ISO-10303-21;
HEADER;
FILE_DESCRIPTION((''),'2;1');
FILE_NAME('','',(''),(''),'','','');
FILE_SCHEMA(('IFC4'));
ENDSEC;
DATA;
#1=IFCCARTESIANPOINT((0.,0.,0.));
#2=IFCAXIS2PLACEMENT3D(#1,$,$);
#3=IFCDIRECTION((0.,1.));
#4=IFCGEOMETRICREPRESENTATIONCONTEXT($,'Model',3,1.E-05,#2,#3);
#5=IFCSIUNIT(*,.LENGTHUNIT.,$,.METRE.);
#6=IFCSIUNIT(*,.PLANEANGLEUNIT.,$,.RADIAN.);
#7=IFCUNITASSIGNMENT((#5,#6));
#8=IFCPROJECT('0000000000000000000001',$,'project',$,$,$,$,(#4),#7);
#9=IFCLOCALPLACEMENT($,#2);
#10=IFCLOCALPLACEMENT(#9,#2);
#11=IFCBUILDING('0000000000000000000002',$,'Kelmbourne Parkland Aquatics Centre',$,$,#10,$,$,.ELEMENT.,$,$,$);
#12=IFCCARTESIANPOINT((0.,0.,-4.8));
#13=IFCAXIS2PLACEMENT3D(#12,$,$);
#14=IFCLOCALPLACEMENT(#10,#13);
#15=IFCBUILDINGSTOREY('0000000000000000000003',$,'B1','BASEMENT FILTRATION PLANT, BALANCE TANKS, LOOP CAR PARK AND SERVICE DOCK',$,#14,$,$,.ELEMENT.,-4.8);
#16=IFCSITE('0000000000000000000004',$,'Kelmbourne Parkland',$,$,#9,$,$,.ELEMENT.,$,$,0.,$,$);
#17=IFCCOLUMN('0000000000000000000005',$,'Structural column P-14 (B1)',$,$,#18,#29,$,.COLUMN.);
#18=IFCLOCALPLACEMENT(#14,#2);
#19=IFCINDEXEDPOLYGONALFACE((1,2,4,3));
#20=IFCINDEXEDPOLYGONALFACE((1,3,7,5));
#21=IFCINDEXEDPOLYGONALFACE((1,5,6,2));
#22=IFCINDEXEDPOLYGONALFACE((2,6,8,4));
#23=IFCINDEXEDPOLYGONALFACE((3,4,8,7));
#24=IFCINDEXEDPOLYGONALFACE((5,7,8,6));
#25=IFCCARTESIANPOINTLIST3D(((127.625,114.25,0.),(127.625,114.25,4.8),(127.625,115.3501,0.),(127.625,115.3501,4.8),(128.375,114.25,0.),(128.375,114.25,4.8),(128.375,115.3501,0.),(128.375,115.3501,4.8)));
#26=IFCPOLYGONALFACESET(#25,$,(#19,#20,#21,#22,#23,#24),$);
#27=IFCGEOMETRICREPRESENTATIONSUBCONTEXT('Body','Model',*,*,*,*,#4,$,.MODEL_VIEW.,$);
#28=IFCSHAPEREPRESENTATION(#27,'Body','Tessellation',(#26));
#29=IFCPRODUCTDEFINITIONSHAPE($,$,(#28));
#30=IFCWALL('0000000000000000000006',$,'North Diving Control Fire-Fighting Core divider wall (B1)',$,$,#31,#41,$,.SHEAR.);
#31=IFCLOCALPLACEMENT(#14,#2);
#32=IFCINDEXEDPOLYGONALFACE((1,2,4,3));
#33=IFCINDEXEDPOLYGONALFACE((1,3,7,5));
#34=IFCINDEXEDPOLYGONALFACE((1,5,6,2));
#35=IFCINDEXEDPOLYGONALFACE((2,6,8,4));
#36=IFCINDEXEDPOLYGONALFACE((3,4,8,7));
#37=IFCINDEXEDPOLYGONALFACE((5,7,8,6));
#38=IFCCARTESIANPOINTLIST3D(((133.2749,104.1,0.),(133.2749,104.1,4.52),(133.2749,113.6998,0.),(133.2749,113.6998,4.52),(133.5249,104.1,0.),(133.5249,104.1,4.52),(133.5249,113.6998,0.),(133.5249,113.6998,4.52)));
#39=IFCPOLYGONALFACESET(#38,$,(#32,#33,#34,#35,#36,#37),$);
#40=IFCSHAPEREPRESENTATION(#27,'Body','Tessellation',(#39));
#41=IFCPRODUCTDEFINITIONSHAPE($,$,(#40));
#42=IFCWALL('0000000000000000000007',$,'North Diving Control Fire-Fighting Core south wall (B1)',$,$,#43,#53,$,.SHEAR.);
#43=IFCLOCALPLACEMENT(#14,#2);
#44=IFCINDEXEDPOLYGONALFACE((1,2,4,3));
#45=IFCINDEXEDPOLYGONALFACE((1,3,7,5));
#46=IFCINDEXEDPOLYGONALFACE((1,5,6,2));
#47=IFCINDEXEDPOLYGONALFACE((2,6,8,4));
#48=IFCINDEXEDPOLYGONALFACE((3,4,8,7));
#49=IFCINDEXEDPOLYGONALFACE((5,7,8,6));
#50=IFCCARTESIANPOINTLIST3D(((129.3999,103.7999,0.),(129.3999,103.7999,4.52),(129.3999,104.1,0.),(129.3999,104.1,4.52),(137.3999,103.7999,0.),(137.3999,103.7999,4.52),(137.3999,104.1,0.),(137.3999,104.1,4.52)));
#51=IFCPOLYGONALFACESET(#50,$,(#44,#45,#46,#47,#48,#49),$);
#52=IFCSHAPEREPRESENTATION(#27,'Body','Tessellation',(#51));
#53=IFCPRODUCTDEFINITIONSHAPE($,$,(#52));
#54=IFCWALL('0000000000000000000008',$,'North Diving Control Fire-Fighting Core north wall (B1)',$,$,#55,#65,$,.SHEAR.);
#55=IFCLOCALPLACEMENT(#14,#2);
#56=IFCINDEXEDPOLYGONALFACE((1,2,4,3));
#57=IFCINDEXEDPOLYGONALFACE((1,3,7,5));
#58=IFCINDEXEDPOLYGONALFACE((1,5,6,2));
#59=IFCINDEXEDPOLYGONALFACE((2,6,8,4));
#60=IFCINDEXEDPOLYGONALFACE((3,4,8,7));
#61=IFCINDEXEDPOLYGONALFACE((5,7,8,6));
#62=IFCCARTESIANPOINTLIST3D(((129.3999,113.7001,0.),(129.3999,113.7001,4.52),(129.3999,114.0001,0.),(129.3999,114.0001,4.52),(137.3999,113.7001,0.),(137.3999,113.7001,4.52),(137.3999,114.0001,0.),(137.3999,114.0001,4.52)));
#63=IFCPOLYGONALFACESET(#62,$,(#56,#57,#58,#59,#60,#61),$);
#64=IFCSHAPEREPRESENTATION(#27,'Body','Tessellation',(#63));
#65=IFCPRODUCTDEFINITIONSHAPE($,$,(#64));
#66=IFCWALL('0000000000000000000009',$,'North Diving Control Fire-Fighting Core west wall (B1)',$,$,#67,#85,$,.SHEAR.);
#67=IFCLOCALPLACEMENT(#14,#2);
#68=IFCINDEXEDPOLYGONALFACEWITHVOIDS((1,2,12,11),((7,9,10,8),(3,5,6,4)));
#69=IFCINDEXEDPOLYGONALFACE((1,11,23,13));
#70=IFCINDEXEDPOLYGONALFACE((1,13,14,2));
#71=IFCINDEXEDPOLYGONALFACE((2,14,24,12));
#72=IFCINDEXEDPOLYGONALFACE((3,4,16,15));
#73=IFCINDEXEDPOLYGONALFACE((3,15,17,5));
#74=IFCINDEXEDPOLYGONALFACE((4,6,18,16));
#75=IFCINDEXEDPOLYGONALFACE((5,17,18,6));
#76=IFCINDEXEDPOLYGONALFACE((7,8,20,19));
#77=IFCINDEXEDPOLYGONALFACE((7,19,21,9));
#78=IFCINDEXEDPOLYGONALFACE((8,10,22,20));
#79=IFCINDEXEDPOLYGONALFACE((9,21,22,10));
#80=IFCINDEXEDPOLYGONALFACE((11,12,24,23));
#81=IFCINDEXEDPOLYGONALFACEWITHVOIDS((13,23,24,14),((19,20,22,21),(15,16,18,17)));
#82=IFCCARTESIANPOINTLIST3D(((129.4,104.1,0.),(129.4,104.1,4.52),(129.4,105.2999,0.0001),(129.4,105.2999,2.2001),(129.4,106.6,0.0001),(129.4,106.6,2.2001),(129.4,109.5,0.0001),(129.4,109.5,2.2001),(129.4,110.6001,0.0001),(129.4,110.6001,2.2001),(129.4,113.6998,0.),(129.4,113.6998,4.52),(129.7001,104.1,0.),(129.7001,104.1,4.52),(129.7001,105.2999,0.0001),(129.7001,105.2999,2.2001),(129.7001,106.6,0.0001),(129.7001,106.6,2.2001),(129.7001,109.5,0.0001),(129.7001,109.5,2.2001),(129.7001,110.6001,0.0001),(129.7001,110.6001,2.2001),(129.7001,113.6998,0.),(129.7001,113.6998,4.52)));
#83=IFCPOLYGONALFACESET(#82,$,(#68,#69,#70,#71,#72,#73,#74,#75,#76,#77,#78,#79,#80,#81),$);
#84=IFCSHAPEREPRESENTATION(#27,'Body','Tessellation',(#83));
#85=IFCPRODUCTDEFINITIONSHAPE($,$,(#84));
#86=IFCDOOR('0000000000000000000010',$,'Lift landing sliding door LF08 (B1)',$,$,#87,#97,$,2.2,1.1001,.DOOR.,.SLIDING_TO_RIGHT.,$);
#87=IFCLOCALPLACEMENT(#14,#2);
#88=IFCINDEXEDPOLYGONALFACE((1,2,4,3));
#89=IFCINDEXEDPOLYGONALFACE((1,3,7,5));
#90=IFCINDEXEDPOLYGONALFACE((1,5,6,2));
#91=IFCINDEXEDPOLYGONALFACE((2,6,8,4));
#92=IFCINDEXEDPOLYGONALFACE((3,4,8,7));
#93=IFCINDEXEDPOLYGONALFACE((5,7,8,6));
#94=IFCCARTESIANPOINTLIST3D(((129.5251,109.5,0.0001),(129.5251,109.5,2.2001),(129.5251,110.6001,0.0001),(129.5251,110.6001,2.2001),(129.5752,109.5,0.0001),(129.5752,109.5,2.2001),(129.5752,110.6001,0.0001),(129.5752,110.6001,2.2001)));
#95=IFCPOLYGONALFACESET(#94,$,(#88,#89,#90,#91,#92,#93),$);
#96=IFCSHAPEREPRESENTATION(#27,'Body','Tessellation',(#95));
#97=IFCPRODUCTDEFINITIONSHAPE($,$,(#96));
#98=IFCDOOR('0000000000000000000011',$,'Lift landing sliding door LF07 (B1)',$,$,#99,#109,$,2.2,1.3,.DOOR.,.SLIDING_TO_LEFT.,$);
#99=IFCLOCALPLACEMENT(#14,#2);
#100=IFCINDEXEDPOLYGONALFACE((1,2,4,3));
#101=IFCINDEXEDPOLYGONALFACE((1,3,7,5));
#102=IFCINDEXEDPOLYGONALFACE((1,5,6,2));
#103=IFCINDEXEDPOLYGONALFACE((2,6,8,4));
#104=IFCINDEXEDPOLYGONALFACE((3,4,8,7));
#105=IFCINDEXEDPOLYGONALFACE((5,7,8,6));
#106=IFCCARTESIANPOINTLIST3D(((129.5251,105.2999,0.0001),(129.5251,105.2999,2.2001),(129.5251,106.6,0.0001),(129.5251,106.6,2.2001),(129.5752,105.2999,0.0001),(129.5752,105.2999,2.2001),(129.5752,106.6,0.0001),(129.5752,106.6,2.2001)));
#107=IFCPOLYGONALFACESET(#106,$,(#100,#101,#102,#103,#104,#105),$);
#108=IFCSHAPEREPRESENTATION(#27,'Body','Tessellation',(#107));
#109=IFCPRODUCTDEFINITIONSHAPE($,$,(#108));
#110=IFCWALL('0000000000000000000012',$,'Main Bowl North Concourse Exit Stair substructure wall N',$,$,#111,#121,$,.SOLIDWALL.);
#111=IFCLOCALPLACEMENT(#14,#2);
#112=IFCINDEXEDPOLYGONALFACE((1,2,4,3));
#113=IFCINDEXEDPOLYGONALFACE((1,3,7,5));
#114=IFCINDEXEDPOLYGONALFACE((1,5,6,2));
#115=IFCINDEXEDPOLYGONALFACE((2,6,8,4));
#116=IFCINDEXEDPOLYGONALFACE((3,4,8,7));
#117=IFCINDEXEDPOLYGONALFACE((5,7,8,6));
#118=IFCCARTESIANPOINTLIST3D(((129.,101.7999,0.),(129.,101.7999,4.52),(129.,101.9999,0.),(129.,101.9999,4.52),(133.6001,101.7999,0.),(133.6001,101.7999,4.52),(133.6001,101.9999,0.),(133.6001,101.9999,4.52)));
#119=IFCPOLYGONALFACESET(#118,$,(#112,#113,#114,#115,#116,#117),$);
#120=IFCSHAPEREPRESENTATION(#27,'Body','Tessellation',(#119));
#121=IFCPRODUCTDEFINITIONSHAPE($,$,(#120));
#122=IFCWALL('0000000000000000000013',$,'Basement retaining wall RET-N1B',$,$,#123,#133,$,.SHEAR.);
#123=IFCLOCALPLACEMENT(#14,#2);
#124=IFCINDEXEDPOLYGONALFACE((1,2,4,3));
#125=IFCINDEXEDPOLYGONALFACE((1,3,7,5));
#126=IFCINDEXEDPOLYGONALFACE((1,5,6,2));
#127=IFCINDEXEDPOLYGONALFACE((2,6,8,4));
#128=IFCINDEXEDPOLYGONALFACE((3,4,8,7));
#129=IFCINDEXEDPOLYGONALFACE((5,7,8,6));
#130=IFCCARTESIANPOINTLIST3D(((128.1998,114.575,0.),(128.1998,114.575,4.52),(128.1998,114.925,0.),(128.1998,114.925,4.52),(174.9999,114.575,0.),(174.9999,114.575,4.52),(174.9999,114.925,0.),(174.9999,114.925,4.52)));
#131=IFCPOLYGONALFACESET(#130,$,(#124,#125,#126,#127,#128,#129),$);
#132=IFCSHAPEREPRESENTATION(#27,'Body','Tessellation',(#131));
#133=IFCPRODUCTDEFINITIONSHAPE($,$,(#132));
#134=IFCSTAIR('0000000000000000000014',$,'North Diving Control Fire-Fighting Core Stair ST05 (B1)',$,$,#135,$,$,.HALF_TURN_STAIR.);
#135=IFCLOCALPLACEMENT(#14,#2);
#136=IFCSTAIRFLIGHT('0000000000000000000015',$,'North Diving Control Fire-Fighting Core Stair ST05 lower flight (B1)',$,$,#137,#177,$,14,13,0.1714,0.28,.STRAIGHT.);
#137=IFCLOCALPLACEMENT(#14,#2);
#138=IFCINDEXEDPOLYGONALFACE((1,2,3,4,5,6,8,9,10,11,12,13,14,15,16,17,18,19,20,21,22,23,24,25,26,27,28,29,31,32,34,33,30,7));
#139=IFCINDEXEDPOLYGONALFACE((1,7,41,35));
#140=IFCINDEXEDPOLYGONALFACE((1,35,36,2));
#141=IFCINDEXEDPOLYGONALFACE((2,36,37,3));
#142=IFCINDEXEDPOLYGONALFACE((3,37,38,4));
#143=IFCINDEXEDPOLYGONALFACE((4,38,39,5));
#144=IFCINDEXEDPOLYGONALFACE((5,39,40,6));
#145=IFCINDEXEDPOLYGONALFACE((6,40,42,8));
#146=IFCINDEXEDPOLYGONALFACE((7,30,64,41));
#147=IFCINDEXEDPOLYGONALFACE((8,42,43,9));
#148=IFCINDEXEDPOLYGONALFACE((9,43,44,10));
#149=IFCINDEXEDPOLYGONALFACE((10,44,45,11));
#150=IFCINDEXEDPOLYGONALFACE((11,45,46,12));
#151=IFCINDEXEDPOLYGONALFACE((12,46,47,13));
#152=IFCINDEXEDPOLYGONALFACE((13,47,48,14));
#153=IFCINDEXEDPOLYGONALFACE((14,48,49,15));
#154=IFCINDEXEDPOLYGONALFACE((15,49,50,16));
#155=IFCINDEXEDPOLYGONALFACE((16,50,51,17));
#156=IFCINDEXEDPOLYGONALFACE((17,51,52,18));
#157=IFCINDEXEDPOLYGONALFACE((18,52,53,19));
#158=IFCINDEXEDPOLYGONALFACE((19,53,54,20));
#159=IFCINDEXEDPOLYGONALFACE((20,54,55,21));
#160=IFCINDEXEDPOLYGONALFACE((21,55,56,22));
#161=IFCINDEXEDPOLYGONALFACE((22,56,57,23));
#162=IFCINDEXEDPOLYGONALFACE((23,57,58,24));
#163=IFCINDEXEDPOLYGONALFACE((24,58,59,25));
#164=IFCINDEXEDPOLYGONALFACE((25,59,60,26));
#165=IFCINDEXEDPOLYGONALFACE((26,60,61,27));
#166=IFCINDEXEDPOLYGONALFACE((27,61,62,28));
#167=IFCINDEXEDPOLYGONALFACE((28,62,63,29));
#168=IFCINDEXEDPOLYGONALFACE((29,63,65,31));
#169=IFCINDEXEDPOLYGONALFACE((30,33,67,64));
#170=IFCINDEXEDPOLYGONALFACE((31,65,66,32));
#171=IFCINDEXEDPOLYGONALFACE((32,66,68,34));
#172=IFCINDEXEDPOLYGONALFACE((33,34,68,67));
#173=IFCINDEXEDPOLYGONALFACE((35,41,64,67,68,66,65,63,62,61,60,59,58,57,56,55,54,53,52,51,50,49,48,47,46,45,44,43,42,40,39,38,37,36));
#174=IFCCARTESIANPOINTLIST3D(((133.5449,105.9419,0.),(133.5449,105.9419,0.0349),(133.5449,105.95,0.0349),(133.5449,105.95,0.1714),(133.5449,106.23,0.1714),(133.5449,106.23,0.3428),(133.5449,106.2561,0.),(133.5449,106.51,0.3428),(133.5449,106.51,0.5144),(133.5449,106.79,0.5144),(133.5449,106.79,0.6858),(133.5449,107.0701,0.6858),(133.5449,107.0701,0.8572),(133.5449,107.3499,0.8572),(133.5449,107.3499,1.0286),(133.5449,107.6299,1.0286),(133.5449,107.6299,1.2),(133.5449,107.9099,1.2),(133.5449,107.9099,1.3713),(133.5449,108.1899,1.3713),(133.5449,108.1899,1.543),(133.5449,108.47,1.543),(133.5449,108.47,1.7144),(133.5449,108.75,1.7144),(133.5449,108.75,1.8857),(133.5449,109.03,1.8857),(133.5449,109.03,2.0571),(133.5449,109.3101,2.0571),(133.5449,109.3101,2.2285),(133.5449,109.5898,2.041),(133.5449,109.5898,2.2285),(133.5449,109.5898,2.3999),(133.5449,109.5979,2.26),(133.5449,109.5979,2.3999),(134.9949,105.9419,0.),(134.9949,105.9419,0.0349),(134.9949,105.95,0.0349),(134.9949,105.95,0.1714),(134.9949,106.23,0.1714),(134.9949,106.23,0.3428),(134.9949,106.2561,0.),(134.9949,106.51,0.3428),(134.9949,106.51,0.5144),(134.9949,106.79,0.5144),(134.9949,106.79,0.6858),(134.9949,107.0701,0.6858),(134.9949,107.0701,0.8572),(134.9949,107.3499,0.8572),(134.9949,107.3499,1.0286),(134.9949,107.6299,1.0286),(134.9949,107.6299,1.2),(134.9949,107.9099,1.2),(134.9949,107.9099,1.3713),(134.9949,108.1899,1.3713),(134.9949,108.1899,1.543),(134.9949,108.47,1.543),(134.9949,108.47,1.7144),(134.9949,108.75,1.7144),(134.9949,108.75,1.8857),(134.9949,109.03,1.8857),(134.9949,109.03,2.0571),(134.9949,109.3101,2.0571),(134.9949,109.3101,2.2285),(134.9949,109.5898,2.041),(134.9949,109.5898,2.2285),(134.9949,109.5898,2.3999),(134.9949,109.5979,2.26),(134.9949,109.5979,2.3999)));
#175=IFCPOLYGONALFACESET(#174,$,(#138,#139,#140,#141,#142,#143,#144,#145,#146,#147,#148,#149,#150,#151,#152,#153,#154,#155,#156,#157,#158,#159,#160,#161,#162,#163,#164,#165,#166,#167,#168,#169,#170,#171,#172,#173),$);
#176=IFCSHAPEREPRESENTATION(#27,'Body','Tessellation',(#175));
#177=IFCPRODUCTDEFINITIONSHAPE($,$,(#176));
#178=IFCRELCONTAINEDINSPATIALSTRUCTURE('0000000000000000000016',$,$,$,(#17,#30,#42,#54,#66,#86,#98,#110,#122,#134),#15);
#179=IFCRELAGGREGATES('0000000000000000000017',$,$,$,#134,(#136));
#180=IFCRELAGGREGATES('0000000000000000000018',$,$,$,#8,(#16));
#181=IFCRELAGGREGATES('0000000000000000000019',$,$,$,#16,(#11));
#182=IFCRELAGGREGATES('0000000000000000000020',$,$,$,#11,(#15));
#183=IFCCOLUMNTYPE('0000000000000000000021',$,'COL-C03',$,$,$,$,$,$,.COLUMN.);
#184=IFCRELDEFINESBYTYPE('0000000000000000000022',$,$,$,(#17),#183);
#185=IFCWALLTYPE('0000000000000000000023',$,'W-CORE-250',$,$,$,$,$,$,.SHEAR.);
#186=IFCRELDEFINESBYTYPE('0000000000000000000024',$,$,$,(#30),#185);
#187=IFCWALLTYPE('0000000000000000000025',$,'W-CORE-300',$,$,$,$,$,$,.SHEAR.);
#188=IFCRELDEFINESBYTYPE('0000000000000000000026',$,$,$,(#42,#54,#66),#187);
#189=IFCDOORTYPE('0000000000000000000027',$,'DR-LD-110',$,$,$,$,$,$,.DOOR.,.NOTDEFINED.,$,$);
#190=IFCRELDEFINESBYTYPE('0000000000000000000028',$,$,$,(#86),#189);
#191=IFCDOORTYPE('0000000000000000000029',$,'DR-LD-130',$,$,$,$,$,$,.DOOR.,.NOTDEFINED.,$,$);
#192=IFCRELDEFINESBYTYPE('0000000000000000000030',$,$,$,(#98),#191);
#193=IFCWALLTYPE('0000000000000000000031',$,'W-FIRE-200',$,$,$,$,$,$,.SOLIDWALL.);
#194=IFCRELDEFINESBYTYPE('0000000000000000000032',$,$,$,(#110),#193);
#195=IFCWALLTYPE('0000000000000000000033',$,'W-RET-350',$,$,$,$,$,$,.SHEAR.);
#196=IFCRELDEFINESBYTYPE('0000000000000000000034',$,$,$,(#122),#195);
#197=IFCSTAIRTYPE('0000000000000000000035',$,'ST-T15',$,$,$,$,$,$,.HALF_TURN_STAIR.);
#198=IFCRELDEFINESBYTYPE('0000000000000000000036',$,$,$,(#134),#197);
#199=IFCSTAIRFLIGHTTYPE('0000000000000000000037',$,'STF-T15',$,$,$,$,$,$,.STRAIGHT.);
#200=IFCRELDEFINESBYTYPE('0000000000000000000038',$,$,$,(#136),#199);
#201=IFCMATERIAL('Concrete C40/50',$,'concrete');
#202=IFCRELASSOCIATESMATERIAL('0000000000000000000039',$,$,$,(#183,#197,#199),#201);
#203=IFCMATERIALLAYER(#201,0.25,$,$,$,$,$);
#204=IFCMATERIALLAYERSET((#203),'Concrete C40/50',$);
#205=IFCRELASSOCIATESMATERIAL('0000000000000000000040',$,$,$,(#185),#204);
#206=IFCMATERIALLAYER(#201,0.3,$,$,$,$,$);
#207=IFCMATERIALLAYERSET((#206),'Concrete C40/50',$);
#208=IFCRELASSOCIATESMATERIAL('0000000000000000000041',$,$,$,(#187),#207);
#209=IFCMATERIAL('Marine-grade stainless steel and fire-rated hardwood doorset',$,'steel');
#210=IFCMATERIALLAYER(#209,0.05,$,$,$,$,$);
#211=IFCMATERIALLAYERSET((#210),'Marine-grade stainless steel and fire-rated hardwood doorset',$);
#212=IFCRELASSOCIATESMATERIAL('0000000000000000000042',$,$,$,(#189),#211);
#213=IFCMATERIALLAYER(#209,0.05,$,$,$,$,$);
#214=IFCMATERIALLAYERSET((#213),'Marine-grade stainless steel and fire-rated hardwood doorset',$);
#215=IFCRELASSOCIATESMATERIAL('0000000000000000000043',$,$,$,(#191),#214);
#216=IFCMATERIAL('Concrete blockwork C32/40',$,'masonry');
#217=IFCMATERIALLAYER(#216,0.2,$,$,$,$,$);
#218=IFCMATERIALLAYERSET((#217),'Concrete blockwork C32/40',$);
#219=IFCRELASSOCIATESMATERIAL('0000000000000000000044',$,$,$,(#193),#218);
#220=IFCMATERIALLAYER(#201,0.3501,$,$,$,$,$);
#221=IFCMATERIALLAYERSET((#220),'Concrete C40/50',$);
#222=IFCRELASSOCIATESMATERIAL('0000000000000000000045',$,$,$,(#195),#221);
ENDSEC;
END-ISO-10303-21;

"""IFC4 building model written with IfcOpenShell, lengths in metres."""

from ifc_helpers import new_model, si_unit, direction, frame, frame_2d, origin, origin_2d, place, context, subcontext, project, spatial, polyline, rectangle, outline, extrude, material, layer, layer_set, material_profile, profile_set, type_object, element, fill, aggregate, save


model = new_model("IFC4")

# Units and contexts
model_context = context("Model", 3, precision=1e-05, world=origin(), true_north=direction((0.0, 1.0)))
body_context = subcontext(model_context, "Body", "Model", "MODEL_VIEW")
ifc_project = project(units=[si_unit("LENGTHUNIT", "METRE"), si_unit("PLANEANGLEUNIT", "RADIAN")], contexts=[model_context])

# Site, building, storey
site_placement = place(None, origin())
site = spatial("IfcSite", under=ifc_project, at=site_placement, Name="Kelmbourne Parkland", CompositionType="ELEMENT", RefElevation=0.0)
building_placement = place(site_placement, origin())
building = spatial("IfcBuilding", under=site, at=building_placement, Name="Kelmbourne Parkland Aquatics Centre", CompositionType="ELEMENT")
storey_placement = place(building_placement, frame((0.0, 0.0, -4.8)))
storey = spatial("IfcBuildingStorey", under=building, at=storey_placement, Name="B1", Description="BASEMENT FILTRATION PLANT, BALANCE TANKS, LOOP CAR PARK AND SERVICE DOCK", CompositionType="ELEMENT", Elevation=-4.8)

# Column
ifc_material_1 = material(Name="Concrete C40/50", Category="concrete")
ifc_material_profile_1 = material_profile(ifc_material_1, rectangle(XDim=0.75, YDim=1.1001, at=origin_2d()), Name="RC 750x1100")
ifc_profile_set_1 = profile_set([ifc_material_profile_1], Name="Concrete C40/50")
column_type_1 = type_object("IfcColumnType", Name="COL-C03", PredefinedType="COLUMN", material=ifc_profile_set_1)
column_1_placement = place(storey_placement, frame((128.0, 114.8, 0.0), z_axis=(0.0, 0.0, 1.0), x_axis=(1.0, 0.0, 0.0)))
element("IfcColumn", 1, at=column_1_placement, inside=storey, type_object=column_type_1, Name="Structural column P-14 (B1)", PredefinedType="COLUMN", context=body_context, shape_type="SweptSolid", body=[
    extrude(rectangle(XDim=0.75, YDim=1.1001, at=origin_2d()), origin(), (0.0, 0.0, 1.0), 4.8),
])

# Walls
ifc_layer_1 = layer(ifc_material_1, 0.25)
ifc_layer_set_1 = layer_set([ifc_layer_1], Name="Concrete C40/50")
wall_type_1 = type_object("IfcWallType", Name="W-CORE-250", PredefinedType="SHEAR", material=ifc_layer_set_1)
wall_1_placement = place(storey_placement, frame((133.3999, 104.1001, 0.0), z_axis=(0.0, 0.0, 1.0), x_axis=(0.0, 1.0, 0.0)))
element("IfcWall", 2, at=wall_1_placement, inside=storey, type_object=wall_type_1, Name="North Diving Control Fire-Fighting Core divider wall (B1)", PredefinedType="SHEAR", context=body_context, shape_type="SweptSolid", body=[
    extrude(rectangle(XDim=9.5999, YDim=0.25, at=frame_2d((4.7998, 0.0))), origin(), (0.0, 0.0, 1.0), 4.52),
])
ifc_layer_2 = layer(ifc_material_1, 0.3)
ifc_layer_set_2 = layer_set([ifc_layer_2], Name="Concrete C40/50")
wall_type_2 = type_object("IfcWallType", Name="W-CORE-300", PredefinedType="SHEAR", material=ifc_layer_set_2)
for number, where, z_axis, x_axis, name in (
    (3, (129.3999, 103.95, 0.0), (0.0, 0.0, 1.0), (1.0, 0.0, 0.0), "North Diving Control Fire-Fighting Core south wall (B1)"),
    (4, (129.3999, 113.8501, 0.0), (0.0, 0.0, 1.0), (1.0, 0.0, 0.0), "North Diving Control Fire-Fighting Core north wall (B1)"),
):
    element("IfcWall", number, at=place(storey_placement, frame(where, z_axis=z_axis, x_axis=x_axis)), inside=storey, type_object=wall_type_2, Name=name, PredefinedType="SHEAR", context=body_context, shape_type="SweptSolid", body=[
        extrude(rectangle(XDim=8.0, YDim=0.3, at=frame_2d((4.0, 0.0))), origin(), (0.0, 0.0, 1.0), 4.52),
    ])

# Wall, openings, doors
wall_2_placement = place(storey_placement, frame((129.55, 104.1001, 0.0), z_axis=(0.0, 0.0, 1.0), x_axis=(0.0, 1.0, 0.0)))
wall_2 = element("IfcWall", 5, at=wall_2_placement, inside=storey, type_object=wall_type_2, Name="North Diving Control Fire-Fighting Core west wall (B1)", PredefinedType="SHEAR", context=body_context, shape_type="SweptSolid", body=[
    extrude(rectangle(XDim=9.5999, YDim=0.3, at=frame_2d((4.7998, 0.0))), origin(), (0.0, 0.0, 1.0), 4.52),
])
opening_1_placement = place(wall_2_placement, frame((1.2, 0.0, 0.0)))
opening_1 = element("IfcOpeningElement", 6, at=opening_1_placement, cuts=wall_2, PredefinedType="OPENING", context=body_context, shape_type="SweptSolid", body=[
    extrude(rectangle(XDim=1.3, YDim=2.2, at=frame_2d((0.6499, 1.1001))), frame((0.0, 0.1621, 0.0), z_axis=(0.0, -1.0, 0.0), x_axis=(1.0, 0.0, 0.0)), (0.0, 0.0, 1.0), 0.324),
])
opening_2_placement = place(wall_2_placement, frame((5.3999, 0.0, 0.0)))
opening_2 = element("IfcOpeningElement", 7, at=opening_2_placement, cuts=wall_2, PredefinedType="OPENING", context=body_context, shape_type="SweptSolid", body=[
    extrude(rectangle(XDim=1.1001, YDim=2.2, at=frame_2d((0.55, 1.1001))), frame((0.0, 0.1621, 0.0), z_axis=(0.0, -1.0, 0.0), x_axis=(1.0, 0.0, 0.0)), (0.0, 0.0, 1.0), 0.324),
])
ifc_material_2 = material(Name="Marine-grade stainless steel and fire-rated hardwood doorset", Category="steel")
ifc_layer_3 = layer(ifc_material_2, 0.05)
ifc_layer_set_3 = layer_set([ifc_layer_3], Name="Marine-grade stainless steel and fire-rated hardwood doorset")
door_type_1 = type_object("IfcDoorType", Name="DR-LD-110", OperationType="NOTDEFINED", PredefinedType="DOOR", material=ifc_layer_set_3)
door_1_placement = place(opening_2_placement, origin())
door_1 = element("IfcDoor", 8, at=door_1_placement, inside=storey, type_object=door_type_1, Name="Lift landing sliding door LF08 (B1)", OperationType="SLIDING_TO_RIGHT", OverallHeight=2.2, OverallWidth=1.1001, PredefinedType="DOOR", context=body_context, shape_type="SweptSolid", body=[
    extrude(rectangle(XDim=1.1001, YDim=2.2, at=frame_2d((0.55, 1.1001))), frame((0.0, 0.0249, 0.0), z_axis=(0.0, -1.0, 0.0), x_axis=(1.0, 0.0, 0.0)), (0.0, 0.0, 1.0), 0.05),
])
fill(opening_2, door_1)
ifc_layer_4 = layer(ifc_material_2, 0.05)
ifc_layer_set_4 = layer_set([ifc_layer_4], Name="Marine-grade stainless steel and fire-rated hardwood doorset")
door_type_2 = type_object("IfcDoorType", Name="DR-LD-130", OperationType="NOTDEFINED", PredefinedType="DOOR", material=ifc_layer_set_4)
door_2_placement = place(opening_1_placement, origin())
door_2 = element("IfcDoor", 9, at=door_2_placement, inside=storey, type_object=door_type_2, Name="Lift landing sliding door LF07 (B1)", OperationType="SLIDING_TO_LEFT", OverallHeight=2.2, OverallWidth=1.3, PredefinedType="DOOR", context=body_context, shape_type="SweptSolid", body=[
    extrude(rectangle(XDim=1.3, YDim=2.2, at=frame_2d((0.6499, 1.1001))), frame((0.0, 0.0249, 0.0), z_axis=(0.0, -1.0, 0.0), x_axis=(1.0, 0.0, 0.0)), (0.0, 0.0, 1.0), 0.05),
])
fill(opening_1, door_2)

# Walls
ifc_material_3 = material(Name="Concrete blockwork C32/40", Category="masonry")
ifc_layer_5 = layer(ifc_material_3, 0.2)
ifc_layer_set_5 = layer_set([ifc_layer_5], Name="Concrete blockwork C32/40")
wall_type_3 = type_object("IfcWallType", Name="W-FIRE-200", PredefinedType="SOLIDWALL", material=ifc_layer_set_5)
wall_3_placement = place(storey_placement, frame((129.0, 101.8999, 0.0), z_axis=(0.0, 0.0, 1.0), x_axis=(1.0, 0.0, 0.0)))
element("IfcWall", 10, at=wall_3_placement, inside=storey, type_object=wall_type_3, Name="Main Bowl North Concourse Exit Stair substructure wall N", PredefinedType="SOLIDWALL", context=body_context, shape_type="SweptSolid", body=[
    extrude(rectangle(XDim=4.6001, YDim=0.2, at=frame_2d((2.3, 0.0))), origin(), (0.0, 0.0, 1.0), 4.52),
])
ifc_layer_6 = layer(ifc_material_1, 0.3501)
ifc_layer_set_6 = layer_set([ifc_layer_6], Name="Concrete C40/50")
wall_type_4 = type_object("IfcWallType", Name="W-RET-350", PredefinedType="SHEAR", material=ifc_layer_set_6)
wall_4_placement = place(storey_placement, frame((128.2, 114.75, 0.0), z_axis=(0.0, 0.0, 1.0), x_axis=(1.0, 0.0, 0.0)))
element("IfcWall", 11, at=wall_4_placement, inside=storey, type_object=wall_type_4, Name="Basement retaining wall RET-N1B", PredefinedType="SHEAR", context=body_context, shape_type="SweptSolid", body=[
    extrude(rectangle(XDim=46.8, YDim=0.3501, at=frame_2d((23.3999, 0.0))), origin(), (0.0, 0.0, 1.0), 4.52),
])

# Stair, stair flight
stair_type = type_object("IfcStairType", Name="ST-T15", PredefinedType="HALF_TURN_STAIR", material=ifc_material_1)
stair_placement = place(storey_placement, origin())
stair = element("IfcStair", 12, at=stair_placement, inside=storey, type_object=stair_type, Name="North Diving Control Fire-Fighting Core Stair ST05 (B1)", PredefinedType="HALF_TURN_STAIR")
stair_flight_type = type_object("IfcStairFlightType", Name="STF-T15", PredefinedType="STRAIGHT", material=ifc_material_1)
stair_flight_placement = place(storey_placement, frame((134.27, 105.95, 0.0), z_axis=(0.0, 0.0, 1.0), x_axis=(0.0, 1.0, 0.0)))
stair_flight = element("IfcStairFlight", 13, at=stair_flight_placement, type_object=stair_flight_type, Name="North Diving Control Fire-Fighting Core Stair ST05 lower flight (B1)", NumberOfRisers=14, NumberOfTreads=13, PredefinedType="STRAIGHT", RiserHeight=0.1714, TreadLength=0.28, context=body_context, shape_type="SweptSolid", body=[
    extrude(outline(polyline([(-0.0081, 0.0), (-0.0081, 0.0349), (0.0, 0.0349), (0.0, 0.1714), (0.28, 0.1714), (0.28, 0.3428), (0.5601, 0.3428), (0.5601, 0.5144), (0.8401, 0.5144), (0.8401, 0.6858), (1.1201, 0.6858), (1.1201, 0.8572), (1.3999, 0.8572), (1.3999, 1.0286), (1.6799, 1.0286), (1.6799, 1.2), (1.96, 1.2), (1.96, 1.3713), (2.24, 1.3713), (2.24, 1.543), (2.52, 1.543), (2.52, 1.7144), (2.8, 1.7144), (2.8, 1.8857), (3.0801, 1.8857), (3.0801, 2.0571), (3.3601, 2.0571), (3.3601, 2.2285), (3.6399, 2.2285), (3.6399, 2.3999), (3.6479, 2.3999), (3.6479, 2.26), (3.6399, 2.041), (0.3062, 0.0), (-0.0081, 0.0)])), frame((0.0, 0.7251, 0.0), z_axis=(0.0, -1.0, 0.0), x_axis=(1.0, 0.0, 0.0)), (0.0, 0.0, 1.0), 1.45),
])
aggregate(stair, [stair_flight])

save(model, "model.ifc")
